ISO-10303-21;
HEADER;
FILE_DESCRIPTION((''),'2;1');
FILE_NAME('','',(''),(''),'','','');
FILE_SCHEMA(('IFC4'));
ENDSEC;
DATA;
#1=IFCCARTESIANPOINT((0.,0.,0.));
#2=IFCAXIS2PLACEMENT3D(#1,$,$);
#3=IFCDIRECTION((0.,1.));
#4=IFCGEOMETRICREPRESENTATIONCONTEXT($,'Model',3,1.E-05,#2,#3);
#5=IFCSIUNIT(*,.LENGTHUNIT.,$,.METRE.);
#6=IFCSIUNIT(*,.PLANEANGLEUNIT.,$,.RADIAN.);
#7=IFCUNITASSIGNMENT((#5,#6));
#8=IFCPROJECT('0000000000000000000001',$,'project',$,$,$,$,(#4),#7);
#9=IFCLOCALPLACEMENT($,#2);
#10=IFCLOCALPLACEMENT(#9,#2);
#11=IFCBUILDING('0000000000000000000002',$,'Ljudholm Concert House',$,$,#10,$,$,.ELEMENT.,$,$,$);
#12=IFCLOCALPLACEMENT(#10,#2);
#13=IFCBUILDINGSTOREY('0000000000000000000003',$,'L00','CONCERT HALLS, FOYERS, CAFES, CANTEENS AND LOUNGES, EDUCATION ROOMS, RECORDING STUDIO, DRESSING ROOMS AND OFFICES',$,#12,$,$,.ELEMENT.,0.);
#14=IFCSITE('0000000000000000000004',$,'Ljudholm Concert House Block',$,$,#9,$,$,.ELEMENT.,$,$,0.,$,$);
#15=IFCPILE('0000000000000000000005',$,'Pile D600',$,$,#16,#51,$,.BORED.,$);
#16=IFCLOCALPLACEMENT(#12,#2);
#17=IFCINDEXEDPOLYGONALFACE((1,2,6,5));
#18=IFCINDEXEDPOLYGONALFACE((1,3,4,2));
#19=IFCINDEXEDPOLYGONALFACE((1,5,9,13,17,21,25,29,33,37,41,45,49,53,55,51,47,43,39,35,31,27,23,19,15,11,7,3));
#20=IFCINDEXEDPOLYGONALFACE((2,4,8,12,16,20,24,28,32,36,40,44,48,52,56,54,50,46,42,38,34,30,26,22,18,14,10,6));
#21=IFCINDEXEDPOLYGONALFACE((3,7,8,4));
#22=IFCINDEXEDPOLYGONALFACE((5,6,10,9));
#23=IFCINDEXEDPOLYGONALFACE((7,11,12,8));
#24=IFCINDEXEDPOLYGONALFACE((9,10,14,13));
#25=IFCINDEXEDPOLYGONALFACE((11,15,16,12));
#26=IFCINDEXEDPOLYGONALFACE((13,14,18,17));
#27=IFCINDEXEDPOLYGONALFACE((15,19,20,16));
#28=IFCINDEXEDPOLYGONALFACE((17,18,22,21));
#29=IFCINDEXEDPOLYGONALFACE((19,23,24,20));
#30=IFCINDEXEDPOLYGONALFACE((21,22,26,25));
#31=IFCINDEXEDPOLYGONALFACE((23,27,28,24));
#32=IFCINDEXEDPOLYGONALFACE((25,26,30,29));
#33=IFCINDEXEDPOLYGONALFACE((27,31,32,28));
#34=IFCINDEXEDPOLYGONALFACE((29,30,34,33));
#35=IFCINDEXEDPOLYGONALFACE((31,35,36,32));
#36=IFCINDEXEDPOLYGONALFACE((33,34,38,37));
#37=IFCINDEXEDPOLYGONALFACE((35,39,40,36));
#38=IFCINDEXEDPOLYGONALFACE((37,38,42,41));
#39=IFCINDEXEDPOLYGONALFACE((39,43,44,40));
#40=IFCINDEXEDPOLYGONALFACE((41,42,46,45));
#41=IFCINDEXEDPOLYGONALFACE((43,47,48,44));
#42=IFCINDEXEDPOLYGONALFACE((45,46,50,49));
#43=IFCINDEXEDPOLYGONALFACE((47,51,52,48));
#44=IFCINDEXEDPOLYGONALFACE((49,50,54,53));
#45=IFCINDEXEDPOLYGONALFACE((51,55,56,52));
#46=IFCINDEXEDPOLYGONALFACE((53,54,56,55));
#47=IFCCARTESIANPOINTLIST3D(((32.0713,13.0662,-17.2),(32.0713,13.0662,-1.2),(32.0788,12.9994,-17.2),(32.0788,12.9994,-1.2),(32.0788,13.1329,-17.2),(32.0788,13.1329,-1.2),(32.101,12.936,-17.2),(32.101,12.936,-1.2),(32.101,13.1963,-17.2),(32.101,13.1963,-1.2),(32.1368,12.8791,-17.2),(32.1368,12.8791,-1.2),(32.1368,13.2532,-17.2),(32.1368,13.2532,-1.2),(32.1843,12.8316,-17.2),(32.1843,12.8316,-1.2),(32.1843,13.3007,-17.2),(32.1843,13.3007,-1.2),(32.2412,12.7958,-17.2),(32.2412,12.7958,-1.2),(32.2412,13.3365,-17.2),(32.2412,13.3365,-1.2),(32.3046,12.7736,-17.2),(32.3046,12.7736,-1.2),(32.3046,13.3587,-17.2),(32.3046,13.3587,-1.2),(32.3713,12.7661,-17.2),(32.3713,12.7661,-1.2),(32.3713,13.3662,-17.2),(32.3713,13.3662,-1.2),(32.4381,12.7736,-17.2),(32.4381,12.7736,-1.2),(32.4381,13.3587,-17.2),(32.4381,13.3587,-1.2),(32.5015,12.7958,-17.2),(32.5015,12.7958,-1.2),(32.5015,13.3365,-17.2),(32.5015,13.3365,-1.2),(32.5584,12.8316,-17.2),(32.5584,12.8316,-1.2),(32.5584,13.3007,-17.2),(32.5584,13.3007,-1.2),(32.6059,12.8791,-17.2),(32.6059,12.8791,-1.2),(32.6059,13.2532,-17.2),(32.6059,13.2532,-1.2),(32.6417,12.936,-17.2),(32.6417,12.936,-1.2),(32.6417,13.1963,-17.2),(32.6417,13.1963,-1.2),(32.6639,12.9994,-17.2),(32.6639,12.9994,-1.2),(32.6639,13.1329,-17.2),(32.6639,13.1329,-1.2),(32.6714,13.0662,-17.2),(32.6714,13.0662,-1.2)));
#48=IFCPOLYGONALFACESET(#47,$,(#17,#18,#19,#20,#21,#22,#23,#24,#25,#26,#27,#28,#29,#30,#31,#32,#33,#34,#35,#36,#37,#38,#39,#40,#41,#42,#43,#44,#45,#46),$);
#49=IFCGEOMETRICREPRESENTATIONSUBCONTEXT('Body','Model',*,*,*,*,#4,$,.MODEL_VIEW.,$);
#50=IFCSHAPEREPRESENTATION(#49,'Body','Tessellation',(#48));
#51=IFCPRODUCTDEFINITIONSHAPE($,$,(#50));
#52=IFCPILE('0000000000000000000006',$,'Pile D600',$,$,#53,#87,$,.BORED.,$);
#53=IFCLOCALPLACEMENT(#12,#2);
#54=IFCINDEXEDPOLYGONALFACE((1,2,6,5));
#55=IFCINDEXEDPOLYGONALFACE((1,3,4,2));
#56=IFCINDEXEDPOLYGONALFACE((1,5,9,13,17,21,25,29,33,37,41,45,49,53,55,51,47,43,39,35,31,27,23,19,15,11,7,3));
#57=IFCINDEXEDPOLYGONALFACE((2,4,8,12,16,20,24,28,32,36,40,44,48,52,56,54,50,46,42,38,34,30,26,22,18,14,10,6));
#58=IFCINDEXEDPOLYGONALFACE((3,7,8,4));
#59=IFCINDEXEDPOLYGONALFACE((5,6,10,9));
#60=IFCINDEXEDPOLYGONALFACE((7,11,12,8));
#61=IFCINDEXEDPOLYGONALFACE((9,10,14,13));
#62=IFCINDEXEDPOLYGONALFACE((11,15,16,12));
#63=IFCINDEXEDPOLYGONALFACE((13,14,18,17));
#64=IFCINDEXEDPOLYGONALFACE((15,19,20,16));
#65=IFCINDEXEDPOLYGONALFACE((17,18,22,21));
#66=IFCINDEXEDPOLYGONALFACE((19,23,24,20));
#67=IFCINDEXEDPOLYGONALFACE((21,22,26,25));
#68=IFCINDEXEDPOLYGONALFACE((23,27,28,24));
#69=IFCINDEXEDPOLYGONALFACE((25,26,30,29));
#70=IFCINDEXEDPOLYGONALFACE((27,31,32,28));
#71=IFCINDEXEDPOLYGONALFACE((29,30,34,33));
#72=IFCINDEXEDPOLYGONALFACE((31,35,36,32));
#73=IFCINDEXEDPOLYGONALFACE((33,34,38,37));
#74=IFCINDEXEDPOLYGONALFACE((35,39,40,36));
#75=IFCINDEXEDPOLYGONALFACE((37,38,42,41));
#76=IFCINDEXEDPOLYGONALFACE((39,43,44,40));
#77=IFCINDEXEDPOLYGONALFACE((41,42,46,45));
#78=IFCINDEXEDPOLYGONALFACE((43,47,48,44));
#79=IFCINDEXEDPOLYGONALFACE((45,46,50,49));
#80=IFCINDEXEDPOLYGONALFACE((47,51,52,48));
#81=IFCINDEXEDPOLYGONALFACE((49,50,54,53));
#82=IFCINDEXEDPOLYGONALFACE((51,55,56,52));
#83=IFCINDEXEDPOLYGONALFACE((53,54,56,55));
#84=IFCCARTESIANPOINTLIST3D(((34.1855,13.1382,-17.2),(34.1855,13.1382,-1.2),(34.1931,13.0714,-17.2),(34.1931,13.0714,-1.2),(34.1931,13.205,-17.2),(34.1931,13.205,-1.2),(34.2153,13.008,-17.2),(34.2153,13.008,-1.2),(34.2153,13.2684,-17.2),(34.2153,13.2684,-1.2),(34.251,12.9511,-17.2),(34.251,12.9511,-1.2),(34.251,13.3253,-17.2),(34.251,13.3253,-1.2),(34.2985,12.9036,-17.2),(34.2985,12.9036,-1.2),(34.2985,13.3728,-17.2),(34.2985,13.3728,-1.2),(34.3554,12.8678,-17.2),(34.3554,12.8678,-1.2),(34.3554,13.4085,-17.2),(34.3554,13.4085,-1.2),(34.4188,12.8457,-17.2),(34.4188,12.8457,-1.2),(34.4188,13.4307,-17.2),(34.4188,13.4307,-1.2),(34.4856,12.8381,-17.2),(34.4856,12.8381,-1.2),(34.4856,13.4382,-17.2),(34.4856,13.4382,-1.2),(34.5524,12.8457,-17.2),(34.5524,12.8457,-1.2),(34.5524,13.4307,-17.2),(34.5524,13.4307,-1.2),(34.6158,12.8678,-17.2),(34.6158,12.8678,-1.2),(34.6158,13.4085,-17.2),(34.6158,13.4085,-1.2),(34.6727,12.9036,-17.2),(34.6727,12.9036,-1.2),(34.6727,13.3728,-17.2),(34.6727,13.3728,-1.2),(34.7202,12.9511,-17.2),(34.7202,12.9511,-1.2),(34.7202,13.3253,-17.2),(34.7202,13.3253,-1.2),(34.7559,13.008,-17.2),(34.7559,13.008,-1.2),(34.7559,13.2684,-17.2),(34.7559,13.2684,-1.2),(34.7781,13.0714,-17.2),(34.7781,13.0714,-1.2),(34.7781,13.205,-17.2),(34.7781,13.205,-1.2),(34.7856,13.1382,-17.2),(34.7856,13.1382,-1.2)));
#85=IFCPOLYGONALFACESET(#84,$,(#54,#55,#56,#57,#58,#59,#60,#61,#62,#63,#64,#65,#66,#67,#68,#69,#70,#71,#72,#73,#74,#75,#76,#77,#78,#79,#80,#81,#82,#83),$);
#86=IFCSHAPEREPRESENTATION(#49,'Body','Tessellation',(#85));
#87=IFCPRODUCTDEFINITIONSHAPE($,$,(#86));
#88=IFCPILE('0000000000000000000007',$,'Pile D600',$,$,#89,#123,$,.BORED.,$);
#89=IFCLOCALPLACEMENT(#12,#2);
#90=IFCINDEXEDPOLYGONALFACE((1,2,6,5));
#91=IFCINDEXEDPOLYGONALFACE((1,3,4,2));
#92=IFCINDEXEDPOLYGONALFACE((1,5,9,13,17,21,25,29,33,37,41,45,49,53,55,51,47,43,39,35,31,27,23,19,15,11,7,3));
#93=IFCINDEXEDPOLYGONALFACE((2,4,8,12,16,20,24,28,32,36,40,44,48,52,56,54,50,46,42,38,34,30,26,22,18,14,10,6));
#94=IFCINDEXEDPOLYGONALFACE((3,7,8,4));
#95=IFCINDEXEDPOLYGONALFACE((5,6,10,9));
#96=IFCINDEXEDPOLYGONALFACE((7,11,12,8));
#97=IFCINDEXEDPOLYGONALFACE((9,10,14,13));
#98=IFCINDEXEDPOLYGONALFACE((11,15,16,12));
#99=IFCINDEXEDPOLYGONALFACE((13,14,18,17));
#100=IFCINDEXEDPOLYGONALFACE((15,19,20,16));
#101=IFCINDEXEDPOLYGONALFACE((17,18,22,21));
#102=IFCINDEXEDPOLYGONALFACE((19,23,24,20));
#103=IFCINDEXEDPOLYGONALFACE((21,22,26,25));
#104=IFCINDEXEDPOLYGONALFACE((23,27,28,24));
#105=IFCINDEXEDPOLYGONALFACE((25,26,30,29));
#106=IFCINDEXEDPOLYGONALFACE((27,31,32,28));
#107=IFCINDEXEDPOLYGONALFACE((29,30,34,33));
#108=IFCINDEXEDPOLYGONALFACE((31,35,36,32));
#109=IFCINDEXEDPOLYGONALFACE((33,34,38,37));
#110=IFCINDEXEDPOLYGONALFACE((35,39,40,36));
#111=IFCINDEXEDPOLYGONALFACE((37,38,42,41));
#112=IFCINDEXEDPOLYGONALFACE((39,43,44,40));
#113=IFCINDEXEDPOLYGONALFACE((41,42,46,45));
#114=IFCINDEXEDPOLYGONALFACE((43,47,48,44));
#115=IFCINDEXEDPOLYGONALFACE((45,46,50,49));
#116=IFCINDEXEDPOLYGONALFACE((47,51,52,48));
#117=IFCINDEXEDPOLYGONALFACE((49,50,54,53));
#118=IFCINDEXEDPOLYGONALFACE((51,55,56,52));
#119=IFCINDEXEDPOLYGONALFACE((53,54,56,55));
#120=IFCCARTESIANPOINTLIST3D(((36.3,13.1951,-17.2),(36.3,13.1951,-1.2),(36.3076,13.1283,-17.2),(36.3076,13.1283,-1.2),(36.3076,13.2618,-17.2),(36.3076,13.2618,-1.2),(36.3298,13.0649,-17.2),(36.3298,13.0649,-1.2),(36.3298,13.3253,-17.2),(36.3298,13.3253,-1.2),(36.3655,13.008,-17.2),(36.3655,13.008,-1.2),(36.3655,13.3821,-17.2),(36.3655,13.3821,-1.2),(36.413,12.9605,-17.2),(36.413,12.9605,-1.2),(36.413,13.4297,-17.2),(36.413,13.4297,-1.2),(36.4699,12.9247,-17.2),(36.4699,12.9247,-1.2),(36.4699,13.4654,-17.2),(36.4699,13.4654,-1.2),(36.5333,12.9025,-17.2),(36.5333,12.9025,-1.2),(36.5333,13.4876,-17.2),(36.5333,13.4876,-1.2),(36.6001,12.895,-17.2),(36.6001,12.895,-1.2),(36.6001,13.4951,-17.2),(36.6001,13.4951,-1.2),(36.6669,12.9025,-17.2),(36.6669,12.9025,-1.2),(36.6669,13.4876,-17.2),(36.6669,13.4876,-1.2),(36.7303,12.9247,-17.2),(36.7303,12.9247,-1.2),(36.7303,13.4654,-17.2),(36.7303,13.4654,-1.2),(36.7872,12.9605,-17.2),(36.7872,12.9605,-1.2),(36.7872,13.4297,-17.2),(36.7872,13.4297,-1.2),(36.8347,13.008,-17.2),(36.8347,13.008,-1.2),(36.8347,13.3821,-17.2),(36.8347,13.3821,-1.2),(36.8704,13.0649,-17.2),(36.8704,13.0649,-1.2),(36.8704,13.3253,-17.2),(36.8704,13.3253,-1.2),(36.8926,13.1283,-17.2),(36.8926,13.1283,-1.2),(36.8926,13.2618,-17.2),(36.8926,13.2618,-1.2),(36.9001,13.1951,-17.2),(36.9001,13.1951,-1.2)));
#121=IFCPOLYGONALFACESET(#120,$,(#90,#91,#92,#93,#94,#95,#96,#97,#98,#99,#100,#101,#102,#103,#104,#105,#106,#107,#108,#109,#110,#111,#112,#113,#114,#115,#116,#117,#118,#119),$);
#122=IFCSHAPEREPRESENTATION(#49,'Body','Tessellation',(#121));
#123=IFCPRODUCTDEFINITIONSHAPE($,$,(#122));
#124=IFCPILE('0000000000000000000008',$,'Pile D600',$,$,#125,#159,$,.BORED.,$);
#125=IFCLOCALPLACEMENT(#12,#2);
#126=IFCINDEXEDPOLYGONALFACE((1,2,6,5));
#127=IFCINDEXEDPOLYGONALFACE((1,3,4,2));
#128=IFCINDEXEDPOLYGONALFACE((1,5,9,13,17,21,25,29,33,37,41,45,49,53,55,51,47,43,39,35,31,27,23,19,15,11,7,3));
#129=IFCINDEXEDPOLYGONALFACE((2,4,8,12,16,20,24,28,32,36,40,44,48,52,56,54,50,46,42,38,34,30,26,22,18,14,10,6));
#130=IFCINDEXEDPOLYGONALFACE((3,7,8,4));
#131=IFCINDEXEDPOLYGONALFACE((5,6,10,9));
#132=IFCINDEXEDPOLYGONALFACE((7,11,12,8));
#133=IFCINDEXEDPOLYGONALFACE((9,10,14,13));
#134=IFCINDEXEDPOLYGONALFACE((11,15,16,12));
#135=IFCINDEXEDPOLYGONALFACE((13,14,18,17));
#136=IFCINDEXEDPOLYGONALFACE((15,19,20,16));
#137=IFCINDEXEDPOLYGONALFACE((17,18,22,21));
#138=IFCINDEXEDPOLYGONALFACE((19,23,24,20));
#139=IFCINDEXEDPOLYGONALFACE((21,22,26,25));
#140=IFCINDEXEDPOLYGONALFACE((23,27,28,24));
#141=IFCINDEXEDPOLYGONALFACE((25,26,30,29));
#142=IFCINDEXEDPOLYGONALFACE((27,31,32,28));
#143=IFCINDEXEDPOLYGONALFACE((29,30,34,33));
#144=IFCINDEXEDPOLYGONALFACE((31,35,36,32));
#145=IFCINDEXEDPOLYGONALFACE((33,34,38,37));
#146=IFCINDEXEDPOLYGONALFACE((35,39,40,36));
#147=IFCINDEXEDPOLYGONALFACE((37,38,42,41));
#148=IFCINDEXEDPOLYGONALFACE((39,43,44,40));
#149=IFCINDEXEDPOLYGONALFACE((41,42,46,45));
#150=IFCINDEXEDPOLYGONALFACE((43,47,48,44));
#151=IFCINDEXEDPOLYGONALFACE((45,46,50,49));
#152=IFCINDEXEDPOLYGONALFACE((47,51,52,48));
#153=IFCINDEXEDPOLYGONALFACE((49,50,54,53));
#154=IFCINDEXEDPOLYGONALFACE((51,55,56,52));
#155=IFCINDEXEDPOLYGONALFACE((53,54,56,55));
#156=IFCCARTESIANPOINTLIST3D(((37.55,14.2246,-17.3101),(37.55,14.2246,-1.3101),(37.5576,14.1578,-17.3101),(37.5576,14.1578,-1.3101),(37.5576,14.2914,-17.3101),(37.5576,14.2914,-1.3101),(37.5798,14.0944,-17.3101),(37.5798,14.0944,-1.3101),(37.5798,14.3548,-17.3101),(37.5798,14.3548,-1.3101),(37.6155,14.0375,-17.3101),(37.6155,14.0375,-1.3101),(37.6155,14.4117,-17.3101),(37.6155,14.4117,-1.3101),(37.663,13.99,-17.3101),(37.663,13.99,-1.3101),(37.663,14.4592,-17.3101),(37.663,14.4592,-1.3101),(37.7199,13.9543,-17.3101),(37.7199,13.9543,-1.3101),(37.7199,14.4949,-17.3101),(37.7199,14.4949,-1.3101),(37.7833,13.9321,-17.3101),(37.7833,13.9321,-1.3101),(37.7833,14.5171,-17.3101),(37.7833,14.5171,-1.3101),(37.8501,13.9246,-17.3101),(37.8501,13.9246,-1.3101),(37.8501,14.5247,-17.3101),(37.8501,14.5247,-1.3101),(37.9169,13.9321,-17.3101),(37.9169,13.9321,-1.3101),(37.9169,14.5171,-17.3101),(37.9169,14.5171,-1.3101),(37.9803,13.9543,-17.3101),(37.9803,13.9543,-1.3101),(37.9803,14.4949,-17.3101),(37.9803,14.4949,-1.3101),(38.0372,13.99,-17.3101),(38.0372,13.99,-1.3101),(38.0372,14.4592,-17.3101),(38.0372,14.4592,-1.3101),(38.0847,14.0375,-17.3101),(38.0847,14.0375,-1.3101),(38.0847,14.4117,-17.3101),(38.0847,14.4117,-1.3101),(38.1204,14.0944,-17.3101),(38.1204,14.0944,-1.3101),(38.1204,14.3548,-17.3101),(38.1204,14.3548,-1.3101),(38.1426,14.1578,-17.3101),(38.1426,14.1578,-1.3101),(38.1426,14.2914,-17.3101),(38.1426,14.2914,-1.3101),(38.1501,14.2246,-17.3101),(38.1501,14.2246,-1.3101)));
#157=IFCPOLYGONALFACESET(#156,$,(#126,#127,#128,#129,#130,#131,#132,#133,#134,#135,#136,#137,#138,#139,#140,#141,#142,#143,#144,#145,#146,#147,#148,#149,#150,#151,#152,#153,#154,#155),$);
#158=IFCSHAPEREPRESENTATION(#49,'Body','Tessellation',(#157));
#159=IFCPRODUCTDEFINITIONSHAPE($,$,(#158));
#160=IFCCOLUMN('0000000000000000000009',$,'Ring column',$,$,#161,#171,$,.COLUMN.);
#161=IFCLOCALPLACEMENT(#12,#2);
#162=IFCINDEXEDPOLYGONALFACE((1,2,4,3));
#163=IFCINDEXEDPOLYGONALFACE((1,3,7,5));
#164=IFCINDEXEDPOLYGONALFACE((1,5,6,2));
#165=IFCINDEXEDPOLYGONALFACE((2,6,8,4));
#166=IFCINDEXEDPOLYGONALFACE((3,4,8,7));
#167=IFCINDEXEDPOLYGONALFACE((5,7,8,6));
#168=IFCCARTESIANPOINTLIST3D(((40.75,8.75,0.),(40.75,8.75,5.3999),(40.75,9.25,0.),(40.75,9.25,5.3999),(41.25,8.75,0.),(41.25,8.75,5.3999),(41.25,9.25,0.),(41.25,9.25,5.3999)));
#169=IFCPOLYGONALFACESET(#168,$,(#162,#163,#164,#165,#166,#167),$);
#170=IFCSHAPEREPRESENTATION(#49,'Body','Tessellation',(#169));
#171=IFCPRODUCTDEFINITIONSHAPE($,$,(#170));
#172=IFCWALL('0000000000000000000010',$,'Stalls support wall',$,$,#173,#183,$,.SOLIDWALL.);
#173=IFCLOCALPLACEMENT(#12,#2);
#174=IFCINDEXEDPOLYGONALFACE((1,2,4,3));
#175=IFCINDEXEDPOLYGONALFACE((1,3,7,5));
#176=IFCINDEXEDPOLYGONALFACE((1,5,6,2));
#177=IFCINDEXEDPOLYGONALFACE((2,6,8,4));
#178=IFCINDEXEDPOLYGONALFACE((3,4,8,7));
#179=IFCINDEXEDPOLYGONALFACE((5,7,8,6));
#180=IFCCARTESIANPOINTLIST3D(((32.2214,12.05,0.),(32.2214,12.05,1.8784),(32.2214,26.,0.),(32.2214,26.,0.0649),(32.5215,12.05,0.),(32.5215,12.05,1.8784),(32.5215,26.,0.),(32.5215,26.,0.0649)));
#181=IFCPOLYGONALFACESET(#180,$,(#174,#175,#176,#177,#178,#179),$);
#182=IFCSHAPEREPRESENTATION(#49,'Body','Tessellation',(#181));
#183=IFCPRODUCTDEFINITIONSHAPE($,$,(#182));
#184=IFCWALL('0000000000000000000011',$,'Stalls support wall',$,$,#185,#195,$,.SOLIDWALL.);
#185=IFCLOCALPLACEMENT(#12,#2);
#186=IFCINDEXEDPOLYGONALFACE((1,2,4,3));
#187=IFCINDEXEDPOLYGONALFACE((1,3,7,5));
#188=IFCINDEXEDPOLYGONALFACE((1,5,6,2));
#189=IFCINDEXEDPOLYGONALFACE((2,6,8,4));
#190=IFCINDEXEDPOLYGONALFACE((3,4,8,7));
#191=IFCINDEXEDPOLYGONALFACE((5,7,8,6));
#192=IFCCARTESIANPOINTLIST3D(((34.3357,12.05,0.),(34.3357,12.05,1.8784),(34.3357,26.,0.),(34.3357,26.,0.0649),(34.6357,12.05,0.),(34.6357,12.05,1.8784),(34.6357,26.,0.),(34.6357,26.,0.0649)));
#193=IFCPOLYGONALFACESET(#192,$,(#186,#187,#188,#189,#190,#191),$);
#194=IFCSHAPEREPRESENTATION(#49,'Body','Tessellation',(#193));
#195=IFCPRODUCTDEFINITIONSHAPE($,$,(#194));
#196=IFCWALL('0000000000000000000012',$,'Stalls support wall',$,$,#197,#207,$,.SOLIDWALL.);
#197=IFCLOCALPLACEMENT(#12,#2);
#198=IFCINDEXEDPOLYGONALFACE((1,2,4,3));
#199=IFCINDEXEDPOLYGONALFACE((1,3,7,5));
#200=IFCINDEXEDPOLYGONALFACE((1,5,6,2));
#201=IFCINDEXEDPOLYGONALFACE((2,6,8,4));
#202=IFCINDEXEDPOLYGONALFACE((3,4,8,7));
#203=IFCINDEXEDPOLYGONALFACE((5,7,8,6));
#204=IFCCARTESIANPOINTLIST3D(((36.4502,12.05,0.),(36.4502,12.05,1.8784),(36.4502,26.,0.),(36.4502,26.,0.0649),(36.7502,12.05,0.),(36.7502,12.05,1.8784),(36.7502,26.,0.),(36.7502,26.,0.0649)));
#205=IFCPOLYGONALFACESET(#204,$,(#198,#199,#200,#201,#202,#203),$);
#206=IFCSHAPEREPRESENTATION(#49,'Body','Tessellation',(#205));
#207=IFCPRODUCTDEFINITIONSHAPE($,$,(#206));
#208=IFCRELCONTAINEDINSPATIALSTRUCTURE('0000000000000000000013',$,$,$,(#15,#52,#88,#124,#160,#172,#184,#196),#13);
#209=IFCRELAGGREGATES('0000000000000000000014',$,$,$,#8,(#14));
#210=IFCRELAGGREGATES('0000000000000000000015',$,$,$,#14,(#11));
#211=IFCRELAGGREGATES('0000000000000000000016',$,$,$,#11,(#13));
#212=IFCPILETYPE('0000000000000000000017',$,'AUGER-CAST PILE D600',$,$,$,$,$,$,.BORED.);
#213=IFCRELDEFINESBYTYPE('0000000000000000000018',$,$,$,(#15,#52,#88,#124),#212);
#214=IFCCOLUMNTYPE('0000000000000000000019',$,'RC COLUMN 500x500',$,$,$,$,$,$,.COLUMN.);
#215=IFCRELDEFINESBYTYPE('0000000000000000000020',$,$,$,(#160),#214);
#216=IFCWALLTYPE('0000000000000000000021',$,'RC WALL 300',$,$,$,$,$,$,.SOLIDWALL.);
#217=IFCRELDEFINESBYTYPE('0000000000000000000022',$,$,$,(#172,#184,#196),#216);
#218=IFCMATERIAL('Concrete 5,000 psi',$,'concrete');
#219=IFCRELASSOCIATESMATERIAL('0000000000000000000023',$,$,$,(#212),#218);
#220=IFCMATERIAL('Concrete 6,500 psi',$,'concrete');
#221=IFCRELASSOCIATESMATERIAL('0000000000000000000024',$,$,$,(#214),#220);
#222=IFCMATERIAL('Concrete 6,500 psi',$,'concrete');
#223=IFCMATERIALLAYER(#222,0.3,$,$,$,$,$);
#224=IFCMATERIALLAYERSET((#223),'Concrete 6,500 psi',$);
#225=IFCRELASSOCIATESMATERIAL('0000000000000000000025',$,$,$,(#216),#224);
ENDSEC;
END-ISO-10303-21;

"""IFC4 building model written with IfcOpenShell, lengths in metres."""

from ifc_helpers import new_model, si_unit, direction, frame, origin, origin_2d, place, context, subcontext, project, spatial, polyline, rectangle, circle, outline, extrude, material, layer, layer_set, material_profile, profile_set, type_object, element, save


model = new_model("IFC4")

# Units and contexts
model_context = context("Model", 3, precision=1e-05, world=origin(), true_north=direction((0.0, 1.0)))
body_context = subcontext(model_context, "Body", "Model", "MODEL_VIEW")
ifc_project = project(units=[si_unit("LENGTHUNIT", "METRE"), si_unit("PLANEANGLEUNIT", "RADIAN")], contexts=[model_context])

# Site, building, storey
site_placement = place(None, origin())
site = spatial("IfcSite", under=ifc_project, at=site_placement, Name="Ljudholm Concert House Block", CompositionType="ELEMENT", RefElevation=0.0)
building_placement = place(site_placement, origin())
building = spatial("IfcBuilding", under=site, at=building_placement, Name="Ljudholm Concert House", CompositionType="ELEMENT")
storey_placement = place(building_placement, origin())
storey = spatial("IfcBuildingStorey", under=building, at=storey_placement, Name="L00", Description="CONCERT HALLS, FOYERS, CAFES, CANTEENS AND LOUNGES, EDUCATION ROOMS, RECORDING STUDIO, DRESSING ROOMS AND OFFICES", CompositionType="ELEMENT", Elevation=0.0)

# Piles
ifc_material_1 = material(Name="Concrete 5,000 psi", Category="concrete")
ifc_material_profile_1 = material_profile(ifc_material_1, circle(Radius=0.3, at=origin_2d()), Name="AUGER-CAST PILE D600")
ifc_profile_set_1 = profile_set([ifc_material_profile_1], Name="Concrete 5,000 psi")
pile_type = type_object("IfcPileType", Name="AUGER-CAST PILE D600", PredefinedType="BORED", material=ifc_profile_set_1)
for number, where, z_axis, x_axis, name in (
    (1, (32.3713, 13.0662, -1.2), (0.0, 0.0, -1.0), (1.0, 0.0, 0.0), "Pile D600"),
    (2, (34.4856, 13.1382, -1.2), (0.0, 0.0, -1.0), (1.0, 0.0, 0.0), "Pile D600"),
    (3, (36.6001, 13.1951, -1.2), (0.0, 0.0, -1.0), (1.0, 0.0, 0.0), "Pile D600"),
    (4, (37.8501, 14.2246, -1.3101), (0.0, 0.0, -1.0), (1.0, 0.0, 0.0), "Pile D600"),
):
    element("IfcPile", number, at=place(storey_placement, frame(where, z_axis=z_axis, x_axis=x_axis)), inside=storey, type_object=pile_type, Name=name, PredefinedType="BORED", context=body_context, shape_type="SweptSolid", body=[
        extrude(circle(Radius=0.3, at=origin_2d()), origin(), (0.0, 0.0, 1.0), 16.0),
    ])

# Column
ifc_material_2 = material(Name="Concrete 6,500 psi", Category="concrete")
ifc_material_profile_2 = material_profile(ifc_material_2, rectangle(XDim=0.5, YDim=0.5, at=origin_2d()), Name="RC COLUMN 500x500")
ifc_profile_set_2 = profile_set([ifc_material_profile_2], Name="Concrete 6,500 psi")
column_type = type_object("IfcColumnType", Name="RC COLUMN 500x500", PredefinedType="COLUMN", material=ifc_profile_set_2)
column_placement = place(storey_placement, frame((41.0, 9.0, 0.0), z_axis=(0.0, 0.0, 1.0), x_axis=(1.0, 0.0, 0.0)))
element("IfcColumn", 5, at=column_placement, inside=storey, type_object=column_type, Name="Ring column", PredefinedType="COLUMN", context=body_context, shape_type="SweptSolid", body=[
    extrude(rectangle(XDim=0.5, YDim=0.5, at=origin_2d()), origin(), (0.0, 0.0, 1.0), 5.3999),
])

# Walls
ifc_material_3 = material(Name="Concrete 6,500 psi", Category="concrete")
ifc_layer_1 = layer(ifc_material_3, 0.3)
ifc_layer_set_1 = layer_set([ifc_layer_1], Name="Concrete 6,500 psi")
wall_type_1 = type_object("IfcWallType", Name="RC WALL 300", PredefinedType="SOLIDWALL", material=ifc_layer_set_1)
for number, where, z_axis, x_axis, name in (
    (6, (32.3713, 12.05, 0.0), (0.0, 0.0, 1.0), (0.0, 1.0, 0.0), "Stalls support wall"),
    (7, (34.4856, 12.05, 0.0), (0.0, 0.0, 1.0), (0.0, 1.0, 0.0), "Stalls support wall"),
    (8, (36.6001, 12.05, 0.0), (0.0, 0.0, 1.0), (0.0, 1.0, 0.0), "Stalls support wall"),
):
    element("IfcWall", number, at=place(storey_placement, frame(where, z_axis=z_axis, x_axis=x_axis)), inside=storey, type_object=wall_type_1, Name=name, PredefinedType="SOLIDWALL", context=body_context, shape_type="SweptSolid", body=[
        extrude(outline(polyline([(0.0, 0.0), (13.95, 0.0), (13.95, 0.0649), (0.0, 1.8784), (0.0, 0.0)])), frame((0.0, 0.1499, 0.0), z_axis=(0.0, -1.0, 0.0), x_axis=(1.0, 0.0, 0.0)), (0.0, 0.0, 1.0), 0.3),
    ])

save(model, "model.ifc")
